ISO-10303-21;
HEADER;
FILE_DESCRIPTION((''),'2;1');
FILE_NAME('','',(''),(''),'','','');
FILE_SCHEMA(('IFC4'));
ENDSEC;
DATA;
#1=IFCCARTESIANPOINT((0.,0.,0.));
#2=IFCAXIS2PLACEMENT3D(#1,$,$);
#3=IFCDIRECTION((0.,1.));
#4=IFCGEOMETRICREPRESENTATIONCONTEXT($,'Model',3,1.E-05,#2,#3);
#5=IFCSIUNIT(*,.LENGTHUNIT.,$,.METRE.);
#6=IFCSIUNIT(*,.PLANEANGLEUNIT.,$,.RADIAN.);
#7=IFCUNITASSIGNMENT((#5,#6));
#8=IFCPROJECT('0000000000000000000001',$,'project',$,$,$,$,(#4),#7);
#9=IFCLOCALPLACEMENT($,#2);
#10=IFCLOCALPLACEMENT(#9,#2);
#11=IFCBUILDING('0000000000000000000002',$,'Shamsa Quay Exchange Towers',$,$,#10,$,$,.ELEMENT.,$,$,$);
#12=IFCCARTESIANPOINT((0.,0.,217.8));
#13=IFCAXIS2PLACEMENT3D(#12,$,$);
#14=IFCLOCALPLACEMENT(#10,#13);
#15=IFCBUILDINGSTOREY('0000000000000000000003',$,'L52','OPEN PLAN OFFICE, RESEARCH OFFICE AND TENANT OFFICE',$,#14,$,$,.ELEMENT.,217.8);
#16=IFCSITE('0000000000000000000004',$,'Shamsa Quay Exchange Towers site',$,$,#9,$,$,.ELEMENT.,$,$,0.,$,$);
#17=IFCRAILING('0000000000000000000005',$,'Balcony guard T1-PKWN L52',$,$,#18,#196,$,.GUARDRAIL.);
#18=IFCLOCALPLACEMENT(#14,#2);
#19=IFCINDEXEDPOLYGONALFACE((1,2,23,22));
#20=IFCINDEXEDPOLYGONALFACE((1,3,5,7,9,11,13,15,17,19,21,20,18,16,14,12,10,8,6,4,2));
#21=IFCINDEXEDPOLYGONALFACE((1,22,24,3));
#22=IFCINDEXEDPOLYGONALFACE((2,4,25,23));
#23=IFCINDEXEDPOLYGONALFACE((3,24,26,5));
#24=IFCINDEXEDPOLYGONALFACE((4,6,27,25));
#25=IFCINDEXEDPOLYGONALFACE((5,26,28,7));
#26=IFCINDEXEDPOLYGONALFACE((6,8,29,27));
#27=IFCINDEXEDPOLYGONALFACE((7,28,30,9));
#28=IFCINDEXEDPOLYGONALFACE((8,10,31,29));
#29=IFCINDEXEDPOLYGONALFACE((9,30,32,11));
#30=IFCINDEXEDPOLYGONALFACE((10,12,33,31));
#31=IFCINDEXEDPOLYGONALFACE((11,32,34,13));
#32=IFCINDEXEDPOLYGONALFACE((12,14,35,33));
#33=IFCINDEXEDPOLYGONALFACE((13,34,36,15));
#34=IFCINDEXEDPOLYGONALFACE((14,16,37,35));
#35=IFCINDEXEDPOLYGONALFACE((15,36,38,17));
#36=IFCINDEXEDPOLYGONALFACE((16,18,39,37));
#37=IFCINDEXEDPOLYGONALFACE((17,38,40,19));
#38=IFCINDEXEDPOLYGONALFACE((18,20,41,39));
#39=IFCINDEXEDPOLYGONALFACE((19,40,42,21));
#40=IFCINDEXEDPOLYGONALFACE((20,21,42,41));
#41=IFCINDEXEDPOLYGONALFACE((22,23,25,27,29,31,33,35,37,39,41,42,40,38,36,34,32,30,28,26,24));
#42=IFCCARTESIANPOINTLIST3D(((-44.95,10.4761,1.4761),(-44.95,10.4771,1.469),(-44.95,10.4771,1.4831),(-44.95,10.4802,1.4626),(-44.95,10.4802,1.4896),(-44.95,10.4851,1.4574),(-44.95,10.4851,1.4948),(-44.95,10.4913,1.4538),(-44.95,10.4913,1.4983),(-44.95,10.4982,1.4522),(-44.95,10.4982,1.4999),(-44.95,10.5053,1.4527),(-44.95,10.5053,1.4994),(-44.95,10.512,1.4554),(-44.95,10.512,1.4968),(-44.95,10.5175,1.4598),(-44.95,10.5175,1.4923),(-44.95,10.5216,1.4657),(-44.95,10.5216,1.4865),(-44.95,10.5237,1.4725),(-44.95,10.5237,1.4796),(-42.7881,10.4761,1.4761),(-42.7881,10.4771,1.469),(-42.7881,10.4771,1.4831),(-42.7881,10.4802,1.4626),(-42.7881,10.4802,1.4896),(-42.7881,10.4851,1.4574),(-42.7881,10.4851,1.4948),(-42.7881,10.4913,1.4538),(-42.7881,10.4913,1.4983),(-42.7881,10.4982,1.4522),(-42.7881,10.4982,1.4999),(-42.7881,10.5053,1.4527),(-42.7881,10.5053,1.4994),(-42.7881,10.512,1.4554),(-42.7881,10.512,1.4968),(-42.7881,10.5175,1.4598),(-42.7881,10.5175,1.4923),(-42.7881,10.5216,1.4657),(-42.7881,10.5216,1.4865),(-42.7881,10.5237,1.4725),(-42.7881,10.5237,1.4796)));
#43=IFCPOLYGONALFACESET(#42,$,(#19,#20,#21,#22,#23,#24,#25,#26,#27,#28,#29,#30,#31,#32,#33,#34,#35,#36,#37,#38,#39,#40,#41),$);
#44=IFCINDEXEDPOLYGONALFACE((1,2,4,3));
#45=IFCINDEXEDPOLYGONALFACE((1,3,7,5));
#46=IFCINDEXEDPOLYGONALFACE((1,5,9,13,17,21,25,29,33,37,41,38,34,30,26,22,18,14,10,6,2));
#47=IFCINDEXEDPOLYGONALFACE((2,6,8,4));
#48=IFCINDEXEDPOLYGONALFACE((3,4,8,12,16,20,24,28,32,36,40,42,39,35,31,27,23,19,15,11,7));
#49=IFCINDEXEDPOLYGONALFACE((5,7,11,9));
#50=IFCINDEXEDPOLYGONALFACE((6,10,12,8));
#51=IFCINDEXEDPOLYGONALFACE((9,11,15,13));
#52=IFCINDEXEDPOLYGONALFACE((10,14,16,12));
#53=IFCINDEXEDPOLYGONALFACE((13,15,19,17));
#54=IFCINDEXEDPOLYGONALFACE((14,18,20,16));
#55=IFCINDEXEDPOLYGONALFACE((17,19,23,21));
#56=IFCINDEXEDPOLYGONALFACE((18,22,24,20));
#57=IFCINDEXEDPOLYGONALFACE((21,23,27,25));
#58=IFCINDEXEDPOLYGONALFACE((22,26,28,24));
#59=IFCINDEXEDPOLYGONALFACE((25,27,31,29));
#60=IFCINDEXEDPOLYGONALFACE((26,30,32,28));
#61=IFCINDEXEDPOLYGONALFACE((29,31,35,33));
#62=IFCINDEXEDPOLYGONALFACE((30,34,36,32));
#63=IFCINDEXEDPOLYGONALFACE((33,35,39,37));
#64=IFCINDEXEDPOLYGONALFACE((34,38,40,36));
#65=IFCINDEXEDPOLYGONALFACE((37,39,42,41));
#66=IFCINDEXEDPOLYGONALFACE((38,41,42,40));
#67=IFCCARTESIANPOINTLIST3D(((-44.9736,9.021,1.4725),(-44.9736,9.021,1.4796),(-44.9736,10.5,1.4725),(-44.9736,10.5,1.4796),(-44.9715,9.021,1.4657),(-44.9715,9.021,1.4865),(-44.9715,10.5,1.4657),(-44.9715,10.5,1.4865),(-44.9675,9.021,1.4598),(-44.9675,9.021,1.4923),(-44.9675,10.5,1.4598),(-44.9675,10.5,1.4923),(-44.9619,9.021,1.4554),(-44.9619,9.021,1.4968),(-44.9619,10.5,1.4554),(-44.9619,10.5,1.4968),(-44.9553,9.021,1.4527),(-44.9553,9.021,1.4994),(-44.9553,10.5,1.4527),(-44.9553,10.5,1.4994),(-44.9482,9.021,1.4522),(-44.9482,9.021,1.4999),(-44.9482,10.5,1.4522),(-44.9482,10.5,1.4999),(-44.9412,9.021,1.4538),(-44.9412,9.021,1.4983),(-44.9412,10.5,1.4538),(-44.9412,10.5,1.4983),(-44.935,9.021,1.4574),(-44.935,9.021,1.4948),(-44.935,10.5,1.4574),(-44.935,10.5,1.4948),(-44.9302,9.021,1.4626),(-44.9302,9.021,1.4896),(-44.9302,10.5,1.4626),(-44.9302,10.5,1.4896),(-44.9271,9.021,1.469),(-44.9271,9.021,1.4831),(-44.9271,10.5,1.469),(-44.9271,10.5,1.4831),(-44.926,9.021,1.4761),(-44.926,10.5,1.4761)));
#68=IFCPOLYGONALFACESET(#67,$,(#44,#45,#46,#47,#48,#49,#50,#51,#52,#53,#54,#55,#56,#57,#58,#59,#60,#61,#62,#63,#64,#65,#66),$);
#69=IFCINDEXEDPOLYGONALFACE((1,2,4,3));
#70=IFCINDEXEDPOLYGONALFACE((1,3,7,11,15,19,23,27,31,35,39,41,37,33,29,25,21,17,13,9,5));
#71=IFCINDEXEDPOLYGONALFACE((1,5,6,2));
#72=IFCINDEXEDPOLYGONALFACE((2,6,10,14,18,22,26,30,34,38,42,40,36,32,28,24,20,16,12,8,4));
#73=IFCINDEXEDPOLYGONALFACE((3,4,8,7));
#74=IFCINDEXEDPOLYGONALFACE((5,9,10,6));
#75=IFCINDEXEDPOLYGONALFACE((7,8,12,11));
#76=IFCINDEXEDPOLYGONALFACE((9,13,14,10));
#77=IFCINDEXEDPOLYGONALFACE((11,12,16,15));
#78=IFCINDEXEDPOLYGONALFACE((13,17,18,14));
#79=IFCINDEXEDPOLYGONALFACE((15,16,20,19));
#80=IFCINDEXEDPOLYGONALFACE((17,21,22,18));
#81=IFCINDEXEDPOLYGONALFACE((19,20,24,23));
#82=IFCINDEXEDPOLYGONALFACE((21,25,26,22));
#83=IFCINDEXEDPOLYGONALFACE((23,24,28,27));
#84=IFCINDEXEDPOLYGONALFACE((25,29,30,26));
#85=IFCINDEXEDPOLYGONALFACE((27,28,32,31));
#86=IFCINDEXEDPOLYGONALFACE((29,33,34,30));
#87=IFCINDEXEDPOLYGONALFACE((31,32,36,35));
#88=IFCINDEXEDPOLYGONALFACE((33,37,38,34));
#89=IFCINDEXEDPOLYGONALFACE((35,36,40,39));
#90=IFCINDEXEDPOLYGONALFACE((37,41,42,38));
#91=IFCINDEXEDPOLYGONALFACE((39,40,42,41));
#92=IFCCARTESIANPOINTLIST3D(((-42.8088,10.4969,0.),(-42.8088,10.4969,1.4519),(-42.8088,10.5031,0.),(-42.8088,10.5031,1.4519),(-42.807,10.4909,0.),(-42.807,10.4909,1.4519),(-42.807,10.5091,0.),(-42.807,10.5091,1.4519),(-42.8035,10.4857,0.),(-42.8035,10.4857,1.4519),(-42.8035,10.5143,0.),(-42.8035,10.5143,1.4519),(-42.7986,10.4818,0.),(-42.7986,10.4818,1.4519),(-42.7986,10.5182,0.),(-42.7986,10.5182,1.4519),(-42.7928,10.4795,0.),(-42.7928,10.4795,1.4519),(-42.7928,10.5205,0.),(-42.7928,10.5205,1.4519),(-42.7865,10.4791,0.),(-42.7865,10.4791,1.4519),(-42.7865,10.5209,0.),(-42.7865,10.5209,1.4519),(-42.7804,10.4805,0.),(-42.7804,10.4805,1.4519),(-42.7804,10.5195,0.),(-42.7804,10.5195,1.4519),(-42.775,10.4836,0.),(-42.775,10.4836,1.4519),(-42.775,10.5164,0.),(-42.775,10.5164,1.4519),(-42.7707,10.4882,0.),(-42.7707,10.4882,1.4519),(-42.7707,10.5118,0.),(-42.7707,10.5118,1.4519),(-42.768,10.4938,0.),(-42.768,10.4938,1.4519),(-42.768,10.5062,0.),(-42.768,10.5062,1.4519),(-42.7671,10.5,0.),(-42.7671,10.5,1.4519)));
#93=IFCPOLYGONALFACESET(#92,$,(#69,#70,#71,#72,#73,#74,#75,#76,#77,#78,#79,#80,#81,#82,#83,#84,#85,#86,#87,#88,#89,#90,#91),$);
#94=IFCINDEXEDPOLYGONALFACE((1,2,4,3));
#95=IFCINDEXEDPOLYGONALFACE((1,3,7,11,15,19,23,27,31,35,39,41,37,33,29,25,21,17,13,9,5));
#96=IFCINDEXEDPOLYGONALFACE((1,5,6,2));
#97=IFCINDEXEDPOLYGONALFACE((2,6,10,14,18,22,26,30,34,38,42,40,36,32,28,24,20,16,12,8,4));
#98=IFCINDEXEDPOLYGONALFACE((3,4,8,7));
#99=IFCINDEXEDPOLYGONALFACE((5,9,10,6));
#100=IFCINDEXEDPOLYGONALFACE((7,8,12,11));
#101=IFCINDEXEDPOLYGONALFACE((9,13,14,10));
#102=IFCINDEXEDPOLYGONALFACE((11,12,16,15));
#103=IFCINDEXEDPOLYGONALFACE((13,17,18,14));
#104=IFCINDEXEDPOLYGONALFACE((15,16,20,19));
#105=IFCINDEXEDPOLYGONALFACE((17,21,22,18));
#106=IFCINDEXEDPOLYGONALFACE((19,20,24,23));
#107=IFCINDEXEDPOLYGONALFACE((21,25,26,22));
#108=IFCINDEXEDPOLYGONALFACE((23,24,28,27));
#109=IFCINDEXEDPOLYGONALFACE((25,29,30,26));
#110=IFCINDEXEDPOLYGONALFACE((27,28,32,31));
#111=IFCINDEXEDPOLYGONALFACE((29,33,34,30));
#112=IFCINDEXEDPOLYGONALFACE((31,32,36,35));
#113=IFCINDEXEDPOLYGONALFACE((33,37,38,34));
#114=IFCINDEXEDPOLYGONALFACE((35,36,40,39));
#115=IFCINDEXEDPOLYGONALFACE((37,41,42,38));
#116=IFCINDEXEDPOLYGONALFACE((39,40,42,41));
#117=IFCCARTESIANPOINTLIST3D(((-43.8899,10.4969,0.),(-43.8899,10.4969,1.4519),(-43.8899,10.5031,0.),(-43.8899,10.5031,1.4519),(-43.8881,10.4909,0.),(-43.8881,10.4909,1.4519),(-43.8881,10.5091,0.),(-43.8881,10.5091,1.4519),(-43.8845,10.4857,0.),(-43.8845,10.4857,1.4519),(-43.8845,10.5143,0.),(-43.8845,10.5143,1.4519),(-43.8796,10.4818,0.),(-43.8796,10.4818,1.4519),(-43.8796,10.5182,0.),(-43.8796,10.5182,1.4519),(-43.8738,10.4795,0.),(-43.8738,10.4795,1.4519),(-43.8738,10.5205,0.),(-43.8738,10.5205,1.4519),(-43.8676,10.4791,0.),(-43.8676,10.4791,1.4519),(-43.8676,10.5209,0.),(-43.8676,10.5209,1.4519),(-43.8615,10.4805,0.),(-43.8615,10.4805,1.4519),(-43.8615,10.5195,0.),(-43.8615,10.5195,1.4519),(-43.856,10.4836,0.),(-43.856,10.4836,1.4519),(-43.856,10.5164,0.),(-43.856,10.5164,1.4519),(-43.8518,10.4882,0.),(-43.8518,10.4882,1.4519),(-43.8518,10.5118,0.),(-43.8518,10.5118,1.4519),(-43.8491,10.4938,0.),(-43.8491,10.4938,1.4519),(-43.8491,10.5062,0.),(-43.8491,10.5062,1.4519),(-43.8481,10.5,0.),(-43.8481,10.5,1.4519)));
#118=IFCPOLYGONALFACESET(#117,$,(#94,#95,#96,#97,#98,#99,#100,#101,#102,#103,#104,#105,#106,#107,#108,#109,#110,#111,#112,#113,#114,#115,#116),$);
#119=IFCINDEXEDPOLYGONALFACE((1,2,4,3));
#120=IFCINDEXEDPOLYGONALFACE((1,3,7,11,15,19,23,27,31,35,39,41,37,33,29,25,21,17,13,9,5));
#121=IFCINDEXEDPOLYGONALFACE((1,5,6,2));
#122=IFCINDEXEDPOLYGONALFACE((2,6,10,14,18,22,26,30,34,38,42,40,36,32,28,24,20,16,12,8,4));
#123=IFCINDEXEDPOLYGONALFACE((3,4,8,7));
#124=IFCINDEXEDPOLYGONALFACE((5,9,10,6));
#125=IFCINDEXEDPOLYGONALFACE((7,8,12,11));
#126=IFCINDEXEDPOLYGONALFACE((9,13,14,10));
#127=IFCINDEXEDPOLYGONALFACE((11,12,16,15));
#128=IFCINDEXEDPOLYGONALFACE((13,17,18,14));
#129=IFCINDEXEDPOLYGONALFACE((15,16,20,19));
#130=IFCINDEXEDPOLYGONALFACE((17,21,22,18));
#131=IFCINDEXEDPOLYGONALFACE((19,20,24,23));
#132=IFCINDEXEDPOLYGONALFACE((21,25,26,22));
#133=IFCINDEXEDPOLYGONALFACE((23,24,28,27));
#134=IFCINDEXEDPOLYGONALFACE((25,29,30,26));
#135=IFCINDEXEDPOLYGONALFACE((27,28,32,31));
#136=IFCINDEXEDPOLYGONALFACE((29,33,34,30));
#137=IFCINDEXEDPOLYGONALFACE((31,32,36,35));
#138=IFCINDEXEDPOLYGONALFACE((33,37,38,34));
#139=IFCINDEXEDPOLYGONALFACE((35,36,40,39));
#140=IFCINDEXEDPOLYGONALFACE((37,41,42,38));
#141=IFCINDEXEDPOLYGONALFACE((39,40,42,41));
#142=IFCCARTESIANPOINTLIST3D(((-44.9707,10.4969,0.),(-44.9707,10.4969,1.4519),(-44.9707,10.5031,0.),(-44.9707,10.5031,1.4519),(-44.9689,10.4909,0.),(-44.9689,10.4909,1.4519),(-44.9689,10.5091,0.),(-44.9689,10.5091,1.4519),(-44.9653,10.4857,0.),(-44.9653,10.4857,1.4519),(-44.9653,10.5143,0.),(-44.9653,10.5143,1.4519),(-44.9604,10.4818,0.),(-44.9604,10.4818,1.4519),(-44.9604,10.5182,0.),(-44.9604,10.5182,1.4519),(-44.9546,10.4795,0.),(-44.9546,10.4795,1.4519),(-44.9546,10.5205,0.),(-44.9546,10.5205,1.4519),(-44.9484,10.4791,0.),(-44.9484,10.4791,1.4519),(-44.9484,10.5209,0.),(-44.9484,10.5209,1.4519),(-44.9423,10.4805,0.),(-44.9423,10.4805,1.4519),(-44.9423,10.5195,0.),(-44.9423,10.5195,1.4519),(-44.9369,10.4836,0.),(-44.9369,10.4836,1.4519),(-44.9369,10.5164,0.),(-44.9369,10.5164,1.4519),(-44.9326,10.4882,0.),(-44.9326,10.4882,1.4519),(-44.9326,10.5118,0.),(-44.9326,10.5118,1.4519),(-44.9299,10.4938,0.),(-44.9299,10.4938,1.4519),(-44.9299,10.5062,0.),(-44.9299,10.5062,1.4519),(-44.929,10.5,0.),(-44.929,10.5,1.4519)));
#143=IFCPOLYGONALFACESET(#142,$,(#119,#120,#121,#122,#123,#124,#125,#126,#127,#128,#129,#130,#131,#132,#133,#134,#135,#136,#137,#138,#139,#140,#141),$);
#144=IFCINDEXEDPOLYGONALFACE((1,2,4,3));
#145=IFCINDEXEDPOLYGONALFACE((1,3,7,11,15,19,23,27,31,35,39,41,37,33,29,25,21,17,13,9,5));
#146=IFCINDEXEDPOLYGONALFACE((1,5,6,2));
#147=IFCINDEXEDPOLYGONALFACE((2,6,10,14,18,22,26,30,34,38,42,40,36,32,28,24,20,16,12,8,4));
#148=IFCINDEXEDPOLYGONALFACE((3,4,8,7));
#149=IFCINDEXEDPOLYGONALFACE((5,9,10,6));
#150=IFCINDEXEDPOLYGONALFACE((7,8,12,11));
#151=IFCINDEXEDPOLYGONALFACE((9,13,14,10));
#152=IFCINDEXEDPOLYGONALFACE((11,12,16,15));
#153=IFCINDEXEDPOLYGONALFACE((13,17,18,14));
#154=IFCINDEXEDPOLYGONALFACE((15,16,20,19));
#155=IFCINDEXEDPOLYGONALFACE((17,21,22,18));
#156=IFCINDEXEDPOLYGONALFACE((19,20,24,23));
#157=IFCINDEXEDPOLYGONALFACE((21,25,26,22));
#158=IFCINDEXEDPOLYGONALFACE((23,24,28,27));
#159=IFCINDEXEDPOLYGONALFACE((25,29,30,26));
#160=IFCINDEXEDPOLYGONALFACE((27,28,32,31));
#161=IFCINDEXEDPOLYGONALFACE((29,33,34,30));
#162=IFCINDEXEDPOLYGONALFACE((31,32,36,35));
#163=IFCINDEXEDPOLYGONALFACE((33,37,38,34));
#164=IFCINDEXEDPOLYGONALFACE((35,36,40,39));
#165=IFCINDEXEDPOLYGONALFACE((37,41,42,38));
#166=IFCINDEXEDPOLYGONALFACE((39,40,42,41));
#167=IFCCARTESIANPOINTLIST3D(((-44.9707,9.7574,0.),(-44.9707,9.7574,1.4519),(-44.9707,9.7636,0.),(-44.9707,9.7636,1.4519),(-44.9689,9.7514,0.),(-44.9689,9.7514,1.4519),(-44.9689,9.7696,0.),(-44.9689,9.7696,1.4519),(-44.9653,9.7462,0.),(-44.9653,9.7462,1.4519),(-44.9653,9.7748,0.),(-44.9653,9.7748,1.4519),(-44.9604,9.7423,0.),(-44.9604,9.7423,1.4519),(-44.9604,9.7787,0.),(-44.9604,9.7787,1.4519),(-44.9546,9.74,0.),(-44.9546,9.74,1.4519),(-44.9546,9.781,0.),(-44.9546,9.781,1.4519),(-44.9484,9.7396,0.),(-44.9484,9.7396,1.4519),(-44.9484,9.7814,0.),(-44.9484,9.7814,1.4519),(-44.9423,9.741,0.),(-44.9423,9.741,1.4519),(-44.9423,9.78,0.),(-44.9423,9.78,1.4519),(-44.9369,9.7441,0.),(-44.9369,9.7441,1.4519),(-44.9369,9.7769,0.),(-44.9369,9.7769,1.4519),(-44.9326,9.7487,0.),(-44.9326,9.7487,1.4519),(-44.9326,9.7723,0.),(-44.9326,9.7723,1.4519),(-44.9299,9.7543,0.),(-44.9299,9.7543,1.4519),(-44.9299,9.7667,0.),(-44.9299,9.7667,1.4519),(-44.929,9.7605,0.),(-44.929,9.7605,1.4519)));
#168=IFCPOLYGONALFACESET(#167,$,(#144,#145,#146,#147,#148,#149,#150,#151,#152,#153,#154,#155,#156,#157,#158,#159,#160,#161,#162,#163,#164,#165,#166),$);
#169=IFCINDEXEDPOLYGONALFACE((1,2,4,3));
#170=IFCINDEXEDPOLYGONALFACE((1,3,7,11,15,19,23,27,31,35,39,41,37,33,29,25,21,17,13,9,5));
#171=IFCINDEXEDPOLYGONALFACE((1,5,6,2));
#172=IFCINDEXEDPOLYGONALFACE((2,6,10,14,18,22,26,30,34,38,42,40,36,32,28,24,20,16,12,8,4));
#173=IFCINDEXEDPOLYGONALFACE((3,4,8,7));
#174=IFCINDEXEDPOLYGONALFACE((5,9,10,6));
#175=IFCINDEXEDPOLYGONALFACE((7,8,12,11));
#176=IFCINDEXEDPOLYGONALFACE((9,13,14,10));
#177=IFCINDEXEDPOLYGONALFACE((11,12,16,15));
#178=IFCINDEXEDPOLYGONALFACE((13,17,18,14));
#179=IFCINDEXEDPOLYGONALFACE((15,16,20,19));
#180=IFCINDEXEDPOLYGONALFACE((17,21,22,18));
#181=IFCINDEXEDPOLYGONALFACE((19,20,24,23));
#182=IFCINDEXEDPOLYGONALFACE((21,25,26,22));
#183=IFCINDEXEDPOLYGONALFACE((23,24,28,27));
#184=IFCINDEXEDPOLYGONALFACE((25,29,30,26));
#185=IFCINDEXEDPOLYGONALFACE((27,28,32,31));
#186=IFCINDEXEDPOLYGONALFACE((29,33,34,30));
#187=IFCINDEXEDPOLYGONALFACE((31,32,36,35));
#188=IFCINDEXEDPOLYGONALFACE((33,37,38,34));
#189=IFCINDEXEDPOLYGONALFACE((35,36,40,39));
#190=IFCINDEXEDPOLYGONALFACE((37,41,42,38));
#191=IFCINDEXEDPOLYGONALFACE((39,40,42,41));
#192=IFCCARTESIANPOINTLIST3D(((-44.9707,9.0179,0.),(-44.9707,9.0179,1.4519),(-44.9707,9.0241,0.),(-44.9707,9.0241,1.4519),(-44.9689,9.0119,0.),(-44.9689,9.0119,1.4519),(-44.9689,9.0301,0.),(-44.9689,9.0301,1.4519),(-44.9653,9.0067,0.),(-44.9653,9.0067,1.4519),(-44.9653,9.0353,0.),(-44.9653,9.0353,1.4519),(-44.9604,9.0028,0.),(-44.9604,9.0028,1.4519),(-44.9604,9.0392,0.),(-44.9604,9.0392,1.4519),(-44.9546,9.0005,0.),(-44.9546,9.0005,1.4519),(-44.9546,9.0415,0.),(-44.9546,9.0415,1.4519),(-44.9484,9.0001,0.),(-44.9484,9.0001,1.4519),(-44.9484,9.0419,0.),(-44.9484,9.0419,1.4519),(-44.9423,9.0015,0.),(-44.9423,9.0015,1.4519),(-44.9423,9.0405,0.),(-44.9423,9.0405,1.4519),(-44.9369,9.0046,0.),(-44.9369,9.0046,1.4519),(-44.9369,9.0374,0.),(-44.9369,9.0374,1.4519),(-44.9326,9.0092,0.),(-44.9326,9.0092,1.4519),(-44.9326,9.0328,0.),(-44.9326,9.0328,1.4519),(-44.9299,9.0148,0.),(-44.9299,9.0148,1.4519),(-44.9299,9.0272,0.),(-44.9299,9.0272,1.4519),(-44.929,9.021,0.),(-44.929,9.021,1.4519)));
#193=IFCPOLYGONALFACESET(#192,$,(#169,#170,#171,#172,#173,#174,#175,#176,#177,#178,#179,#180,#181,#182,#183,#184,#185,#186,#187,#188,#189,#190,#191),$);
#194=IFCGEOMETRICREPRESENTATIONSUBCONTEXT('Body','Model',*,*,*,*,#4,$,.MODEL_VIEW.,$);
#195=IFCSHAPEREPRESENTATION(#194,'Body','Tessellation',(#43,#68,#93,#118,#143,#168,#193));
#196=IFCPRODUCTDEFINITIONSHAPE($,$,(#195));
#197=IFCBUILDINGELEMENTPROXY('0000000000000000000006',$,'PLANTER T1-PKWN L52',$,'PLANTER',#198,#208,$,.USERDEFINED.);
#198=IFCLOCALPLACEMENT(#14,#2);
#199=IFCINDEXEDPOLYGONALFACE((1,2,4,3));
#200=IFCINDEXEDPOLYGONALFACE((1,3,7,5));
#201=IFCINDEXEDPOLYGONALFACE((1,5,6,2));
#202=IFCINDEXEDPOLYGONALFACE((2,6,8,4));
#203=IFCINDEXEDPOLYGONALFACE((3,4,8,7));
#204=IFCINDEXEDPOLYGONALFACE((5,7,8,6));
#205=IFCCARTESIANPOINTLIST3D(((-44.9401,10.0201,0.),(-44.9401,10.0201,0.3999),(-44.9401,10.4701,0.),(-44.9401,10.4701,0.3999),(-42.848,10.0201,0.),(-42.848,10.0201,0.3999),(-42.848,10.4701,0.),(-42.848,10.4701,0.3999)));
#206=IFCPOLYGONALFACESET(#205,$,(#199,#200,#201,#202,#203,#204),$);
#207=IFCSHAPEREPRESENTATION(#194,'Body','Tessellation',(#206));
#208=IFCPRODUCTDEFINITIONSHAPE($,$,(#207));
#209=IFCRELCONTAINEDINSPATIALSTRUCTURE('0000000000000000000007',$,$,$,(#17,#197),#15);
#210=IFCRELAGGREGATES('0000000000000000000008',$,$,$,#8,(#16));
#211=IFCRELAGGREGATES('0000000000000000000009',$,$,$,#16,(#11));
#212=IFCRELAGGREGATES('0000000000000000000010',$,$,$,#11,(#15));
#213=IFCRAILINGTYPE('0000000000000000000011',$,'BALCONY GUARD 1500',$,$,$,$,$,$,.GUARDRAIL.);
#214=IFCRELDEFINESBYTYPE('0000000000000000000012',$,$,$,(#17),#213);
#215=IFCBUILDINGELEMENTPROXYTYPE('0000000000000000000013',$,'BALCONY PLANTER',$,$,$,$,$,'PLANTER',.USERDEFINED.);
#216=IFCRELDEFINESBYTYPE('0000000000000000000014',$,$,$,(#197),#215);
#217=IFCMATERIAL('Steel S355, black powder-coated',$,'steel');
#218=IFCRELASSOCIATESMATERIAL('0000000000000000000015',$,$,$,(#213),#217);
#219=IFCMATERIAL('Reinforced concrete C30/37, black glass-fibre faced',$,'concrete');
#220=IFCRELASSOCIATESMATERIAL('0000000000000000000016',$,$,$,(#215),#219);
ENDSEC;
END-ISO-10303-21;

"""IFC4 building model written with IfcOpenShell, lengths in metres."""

from ifc_helpers import new_model, si_unit, direction, frame, origin, origin_2d, place, context, subcontext, project, spatial, rectangle, circle, extrude, material, type_object, element, save


model = new_model("IFC4")

# Units and contexts
model_context = context("Model", 3, precision=1e-05, world=origin(), true_north=direction((0.0, 1.0)))
body_context = subcontext(model_context, "Body", "Model", "MODEL_VIEW")
ifc_project = project(units=[si_unit("LENGTHUNIT", "METRE"), si_unit("PLANEANGLEUNIT", "RADIAN")], contexts=[model_context])

# Site, building, storey
site_placement = place(None, origin())
site = spatial("IfcSite", under=ifc_project, at=site_placement, Name="Shamsa Quay Exchange Towers site", CompositionType="ELEMENT", RefElevation=0.0)
building_placement = place(site_placement, origin())
building = spatial("IfcBuilding", under=site, at=building_placement, Name="Shamsa Quay Exchange Towers", CompositionType="ELEMENT")
storey_placement = place(building_placement, frame((0.0, 0.0, 217.8)))
storey = spatial("IfcBuildingStorey", under=building, at=storey_placement, Name="L52", Description="OPEN PLAN OFFICE, RESEARCH OFFICE AND TENANT OFFICE", CompositionType="ELEMENT", Elevation=217.8)

# Railing
ifc_material_1 = material(Name="Steel S355, black powder-coated", Category="steel")
railing_type_1 = type_object("IfcRailingType", Name="BALCONY GUARD 1500", PredefinedType="GUARDRAIL", material=ifc_material_1)
railing_1_placement = place(storey_placement, frame((-42.7881, 10.5, 0.0)))
element("IfcRailing", 1, at=railing_1_placement, inside=storey, type_object=railing_type_1, Name="Balcony guard T1-PKWN L52", PredefinedType="GUARDRAIL", context=body_context, shape_type="SweptSolid", body=[
    extrude(circle(Radius=0.0239, at=origin_2d()), frame((0.0, 0.0, 1.4761), z_axis=(-1.0, 0.0, 0.0), x_axis=(0.0, -1.0, 0.0)), (0.0, 0.0, 1.0), 2.1619),
    extrude(circle(Radius=0.0239, at=origin_2d()), frame((-2.1619, 0.0, 1.4761), z_axis=(0.0, -1.0, 0.0), x_axis=(1.0, 0.0, 0.0)), (0.0, 0.0, 1.0), 1.479),
    extrude(circle(Radius=0.021, at=origin_2d()), origin(), (0.0, 0.0, 1.0), 1.4519),
    extrude(circle(Radius=0.021, at=origin_2d()), frame((-1.0811, 0.0, 0.0)), (0.0, 0.0, 1.0), 1.4519),
    extrude(circle(Radius=0.021, at=origin_2d()), frame((-2.1619, 0.0, 0.0)), (0.0, 0.0, 1.0), 1.4519),
    extrude(circle(Radius=0.021, at=origin_2d()), frame((-2.1619, -0.7395, 0.0)), (0.0, 0.0, 1.0), 1.4519),
    extrude(circle(Radius=0.021, at=origin_2d()), frame((-2.1619, -1.479, 0.0)), (0.0, 0.0, 1.0), 1.4519),
])

# Building element proxy
ifc_material_2 = material(Name="Reinforced concrete C30/37, black glass-fibre faced", Category="concrete")
building_element_proxy_type = type_object("IfcBuildingElementProxyType", Name="BALCONY PLANTER", ElementType="PLANTER", PredefinedType="USERDEFINED", material=ifc_material_2)
proxy_placement = place(storey_placement, frame((-43.894, 10.2451, 0.0), z_axis=(0.0, 0.0, 1.0), x_axis=(-1.0, 0.0, 0.0)))
element("IfcBuildingElementProxy", 2, at=proxy_placement, inside=storey, type_object=building_element_proxy_type, Name="PLANTER T1-PKWN L52", ObjectType="PLANTER", PredefinedType="USERDEFINED", context=body_context, shape_type="SweptSolid", body=[
    extrude(rectangle(XDim=2.092, YDim=0.45, at=origin_2d()), origin(), (0.0, 0.0, 1.0), 0.3999),
])

save(model, "model.ifc")
